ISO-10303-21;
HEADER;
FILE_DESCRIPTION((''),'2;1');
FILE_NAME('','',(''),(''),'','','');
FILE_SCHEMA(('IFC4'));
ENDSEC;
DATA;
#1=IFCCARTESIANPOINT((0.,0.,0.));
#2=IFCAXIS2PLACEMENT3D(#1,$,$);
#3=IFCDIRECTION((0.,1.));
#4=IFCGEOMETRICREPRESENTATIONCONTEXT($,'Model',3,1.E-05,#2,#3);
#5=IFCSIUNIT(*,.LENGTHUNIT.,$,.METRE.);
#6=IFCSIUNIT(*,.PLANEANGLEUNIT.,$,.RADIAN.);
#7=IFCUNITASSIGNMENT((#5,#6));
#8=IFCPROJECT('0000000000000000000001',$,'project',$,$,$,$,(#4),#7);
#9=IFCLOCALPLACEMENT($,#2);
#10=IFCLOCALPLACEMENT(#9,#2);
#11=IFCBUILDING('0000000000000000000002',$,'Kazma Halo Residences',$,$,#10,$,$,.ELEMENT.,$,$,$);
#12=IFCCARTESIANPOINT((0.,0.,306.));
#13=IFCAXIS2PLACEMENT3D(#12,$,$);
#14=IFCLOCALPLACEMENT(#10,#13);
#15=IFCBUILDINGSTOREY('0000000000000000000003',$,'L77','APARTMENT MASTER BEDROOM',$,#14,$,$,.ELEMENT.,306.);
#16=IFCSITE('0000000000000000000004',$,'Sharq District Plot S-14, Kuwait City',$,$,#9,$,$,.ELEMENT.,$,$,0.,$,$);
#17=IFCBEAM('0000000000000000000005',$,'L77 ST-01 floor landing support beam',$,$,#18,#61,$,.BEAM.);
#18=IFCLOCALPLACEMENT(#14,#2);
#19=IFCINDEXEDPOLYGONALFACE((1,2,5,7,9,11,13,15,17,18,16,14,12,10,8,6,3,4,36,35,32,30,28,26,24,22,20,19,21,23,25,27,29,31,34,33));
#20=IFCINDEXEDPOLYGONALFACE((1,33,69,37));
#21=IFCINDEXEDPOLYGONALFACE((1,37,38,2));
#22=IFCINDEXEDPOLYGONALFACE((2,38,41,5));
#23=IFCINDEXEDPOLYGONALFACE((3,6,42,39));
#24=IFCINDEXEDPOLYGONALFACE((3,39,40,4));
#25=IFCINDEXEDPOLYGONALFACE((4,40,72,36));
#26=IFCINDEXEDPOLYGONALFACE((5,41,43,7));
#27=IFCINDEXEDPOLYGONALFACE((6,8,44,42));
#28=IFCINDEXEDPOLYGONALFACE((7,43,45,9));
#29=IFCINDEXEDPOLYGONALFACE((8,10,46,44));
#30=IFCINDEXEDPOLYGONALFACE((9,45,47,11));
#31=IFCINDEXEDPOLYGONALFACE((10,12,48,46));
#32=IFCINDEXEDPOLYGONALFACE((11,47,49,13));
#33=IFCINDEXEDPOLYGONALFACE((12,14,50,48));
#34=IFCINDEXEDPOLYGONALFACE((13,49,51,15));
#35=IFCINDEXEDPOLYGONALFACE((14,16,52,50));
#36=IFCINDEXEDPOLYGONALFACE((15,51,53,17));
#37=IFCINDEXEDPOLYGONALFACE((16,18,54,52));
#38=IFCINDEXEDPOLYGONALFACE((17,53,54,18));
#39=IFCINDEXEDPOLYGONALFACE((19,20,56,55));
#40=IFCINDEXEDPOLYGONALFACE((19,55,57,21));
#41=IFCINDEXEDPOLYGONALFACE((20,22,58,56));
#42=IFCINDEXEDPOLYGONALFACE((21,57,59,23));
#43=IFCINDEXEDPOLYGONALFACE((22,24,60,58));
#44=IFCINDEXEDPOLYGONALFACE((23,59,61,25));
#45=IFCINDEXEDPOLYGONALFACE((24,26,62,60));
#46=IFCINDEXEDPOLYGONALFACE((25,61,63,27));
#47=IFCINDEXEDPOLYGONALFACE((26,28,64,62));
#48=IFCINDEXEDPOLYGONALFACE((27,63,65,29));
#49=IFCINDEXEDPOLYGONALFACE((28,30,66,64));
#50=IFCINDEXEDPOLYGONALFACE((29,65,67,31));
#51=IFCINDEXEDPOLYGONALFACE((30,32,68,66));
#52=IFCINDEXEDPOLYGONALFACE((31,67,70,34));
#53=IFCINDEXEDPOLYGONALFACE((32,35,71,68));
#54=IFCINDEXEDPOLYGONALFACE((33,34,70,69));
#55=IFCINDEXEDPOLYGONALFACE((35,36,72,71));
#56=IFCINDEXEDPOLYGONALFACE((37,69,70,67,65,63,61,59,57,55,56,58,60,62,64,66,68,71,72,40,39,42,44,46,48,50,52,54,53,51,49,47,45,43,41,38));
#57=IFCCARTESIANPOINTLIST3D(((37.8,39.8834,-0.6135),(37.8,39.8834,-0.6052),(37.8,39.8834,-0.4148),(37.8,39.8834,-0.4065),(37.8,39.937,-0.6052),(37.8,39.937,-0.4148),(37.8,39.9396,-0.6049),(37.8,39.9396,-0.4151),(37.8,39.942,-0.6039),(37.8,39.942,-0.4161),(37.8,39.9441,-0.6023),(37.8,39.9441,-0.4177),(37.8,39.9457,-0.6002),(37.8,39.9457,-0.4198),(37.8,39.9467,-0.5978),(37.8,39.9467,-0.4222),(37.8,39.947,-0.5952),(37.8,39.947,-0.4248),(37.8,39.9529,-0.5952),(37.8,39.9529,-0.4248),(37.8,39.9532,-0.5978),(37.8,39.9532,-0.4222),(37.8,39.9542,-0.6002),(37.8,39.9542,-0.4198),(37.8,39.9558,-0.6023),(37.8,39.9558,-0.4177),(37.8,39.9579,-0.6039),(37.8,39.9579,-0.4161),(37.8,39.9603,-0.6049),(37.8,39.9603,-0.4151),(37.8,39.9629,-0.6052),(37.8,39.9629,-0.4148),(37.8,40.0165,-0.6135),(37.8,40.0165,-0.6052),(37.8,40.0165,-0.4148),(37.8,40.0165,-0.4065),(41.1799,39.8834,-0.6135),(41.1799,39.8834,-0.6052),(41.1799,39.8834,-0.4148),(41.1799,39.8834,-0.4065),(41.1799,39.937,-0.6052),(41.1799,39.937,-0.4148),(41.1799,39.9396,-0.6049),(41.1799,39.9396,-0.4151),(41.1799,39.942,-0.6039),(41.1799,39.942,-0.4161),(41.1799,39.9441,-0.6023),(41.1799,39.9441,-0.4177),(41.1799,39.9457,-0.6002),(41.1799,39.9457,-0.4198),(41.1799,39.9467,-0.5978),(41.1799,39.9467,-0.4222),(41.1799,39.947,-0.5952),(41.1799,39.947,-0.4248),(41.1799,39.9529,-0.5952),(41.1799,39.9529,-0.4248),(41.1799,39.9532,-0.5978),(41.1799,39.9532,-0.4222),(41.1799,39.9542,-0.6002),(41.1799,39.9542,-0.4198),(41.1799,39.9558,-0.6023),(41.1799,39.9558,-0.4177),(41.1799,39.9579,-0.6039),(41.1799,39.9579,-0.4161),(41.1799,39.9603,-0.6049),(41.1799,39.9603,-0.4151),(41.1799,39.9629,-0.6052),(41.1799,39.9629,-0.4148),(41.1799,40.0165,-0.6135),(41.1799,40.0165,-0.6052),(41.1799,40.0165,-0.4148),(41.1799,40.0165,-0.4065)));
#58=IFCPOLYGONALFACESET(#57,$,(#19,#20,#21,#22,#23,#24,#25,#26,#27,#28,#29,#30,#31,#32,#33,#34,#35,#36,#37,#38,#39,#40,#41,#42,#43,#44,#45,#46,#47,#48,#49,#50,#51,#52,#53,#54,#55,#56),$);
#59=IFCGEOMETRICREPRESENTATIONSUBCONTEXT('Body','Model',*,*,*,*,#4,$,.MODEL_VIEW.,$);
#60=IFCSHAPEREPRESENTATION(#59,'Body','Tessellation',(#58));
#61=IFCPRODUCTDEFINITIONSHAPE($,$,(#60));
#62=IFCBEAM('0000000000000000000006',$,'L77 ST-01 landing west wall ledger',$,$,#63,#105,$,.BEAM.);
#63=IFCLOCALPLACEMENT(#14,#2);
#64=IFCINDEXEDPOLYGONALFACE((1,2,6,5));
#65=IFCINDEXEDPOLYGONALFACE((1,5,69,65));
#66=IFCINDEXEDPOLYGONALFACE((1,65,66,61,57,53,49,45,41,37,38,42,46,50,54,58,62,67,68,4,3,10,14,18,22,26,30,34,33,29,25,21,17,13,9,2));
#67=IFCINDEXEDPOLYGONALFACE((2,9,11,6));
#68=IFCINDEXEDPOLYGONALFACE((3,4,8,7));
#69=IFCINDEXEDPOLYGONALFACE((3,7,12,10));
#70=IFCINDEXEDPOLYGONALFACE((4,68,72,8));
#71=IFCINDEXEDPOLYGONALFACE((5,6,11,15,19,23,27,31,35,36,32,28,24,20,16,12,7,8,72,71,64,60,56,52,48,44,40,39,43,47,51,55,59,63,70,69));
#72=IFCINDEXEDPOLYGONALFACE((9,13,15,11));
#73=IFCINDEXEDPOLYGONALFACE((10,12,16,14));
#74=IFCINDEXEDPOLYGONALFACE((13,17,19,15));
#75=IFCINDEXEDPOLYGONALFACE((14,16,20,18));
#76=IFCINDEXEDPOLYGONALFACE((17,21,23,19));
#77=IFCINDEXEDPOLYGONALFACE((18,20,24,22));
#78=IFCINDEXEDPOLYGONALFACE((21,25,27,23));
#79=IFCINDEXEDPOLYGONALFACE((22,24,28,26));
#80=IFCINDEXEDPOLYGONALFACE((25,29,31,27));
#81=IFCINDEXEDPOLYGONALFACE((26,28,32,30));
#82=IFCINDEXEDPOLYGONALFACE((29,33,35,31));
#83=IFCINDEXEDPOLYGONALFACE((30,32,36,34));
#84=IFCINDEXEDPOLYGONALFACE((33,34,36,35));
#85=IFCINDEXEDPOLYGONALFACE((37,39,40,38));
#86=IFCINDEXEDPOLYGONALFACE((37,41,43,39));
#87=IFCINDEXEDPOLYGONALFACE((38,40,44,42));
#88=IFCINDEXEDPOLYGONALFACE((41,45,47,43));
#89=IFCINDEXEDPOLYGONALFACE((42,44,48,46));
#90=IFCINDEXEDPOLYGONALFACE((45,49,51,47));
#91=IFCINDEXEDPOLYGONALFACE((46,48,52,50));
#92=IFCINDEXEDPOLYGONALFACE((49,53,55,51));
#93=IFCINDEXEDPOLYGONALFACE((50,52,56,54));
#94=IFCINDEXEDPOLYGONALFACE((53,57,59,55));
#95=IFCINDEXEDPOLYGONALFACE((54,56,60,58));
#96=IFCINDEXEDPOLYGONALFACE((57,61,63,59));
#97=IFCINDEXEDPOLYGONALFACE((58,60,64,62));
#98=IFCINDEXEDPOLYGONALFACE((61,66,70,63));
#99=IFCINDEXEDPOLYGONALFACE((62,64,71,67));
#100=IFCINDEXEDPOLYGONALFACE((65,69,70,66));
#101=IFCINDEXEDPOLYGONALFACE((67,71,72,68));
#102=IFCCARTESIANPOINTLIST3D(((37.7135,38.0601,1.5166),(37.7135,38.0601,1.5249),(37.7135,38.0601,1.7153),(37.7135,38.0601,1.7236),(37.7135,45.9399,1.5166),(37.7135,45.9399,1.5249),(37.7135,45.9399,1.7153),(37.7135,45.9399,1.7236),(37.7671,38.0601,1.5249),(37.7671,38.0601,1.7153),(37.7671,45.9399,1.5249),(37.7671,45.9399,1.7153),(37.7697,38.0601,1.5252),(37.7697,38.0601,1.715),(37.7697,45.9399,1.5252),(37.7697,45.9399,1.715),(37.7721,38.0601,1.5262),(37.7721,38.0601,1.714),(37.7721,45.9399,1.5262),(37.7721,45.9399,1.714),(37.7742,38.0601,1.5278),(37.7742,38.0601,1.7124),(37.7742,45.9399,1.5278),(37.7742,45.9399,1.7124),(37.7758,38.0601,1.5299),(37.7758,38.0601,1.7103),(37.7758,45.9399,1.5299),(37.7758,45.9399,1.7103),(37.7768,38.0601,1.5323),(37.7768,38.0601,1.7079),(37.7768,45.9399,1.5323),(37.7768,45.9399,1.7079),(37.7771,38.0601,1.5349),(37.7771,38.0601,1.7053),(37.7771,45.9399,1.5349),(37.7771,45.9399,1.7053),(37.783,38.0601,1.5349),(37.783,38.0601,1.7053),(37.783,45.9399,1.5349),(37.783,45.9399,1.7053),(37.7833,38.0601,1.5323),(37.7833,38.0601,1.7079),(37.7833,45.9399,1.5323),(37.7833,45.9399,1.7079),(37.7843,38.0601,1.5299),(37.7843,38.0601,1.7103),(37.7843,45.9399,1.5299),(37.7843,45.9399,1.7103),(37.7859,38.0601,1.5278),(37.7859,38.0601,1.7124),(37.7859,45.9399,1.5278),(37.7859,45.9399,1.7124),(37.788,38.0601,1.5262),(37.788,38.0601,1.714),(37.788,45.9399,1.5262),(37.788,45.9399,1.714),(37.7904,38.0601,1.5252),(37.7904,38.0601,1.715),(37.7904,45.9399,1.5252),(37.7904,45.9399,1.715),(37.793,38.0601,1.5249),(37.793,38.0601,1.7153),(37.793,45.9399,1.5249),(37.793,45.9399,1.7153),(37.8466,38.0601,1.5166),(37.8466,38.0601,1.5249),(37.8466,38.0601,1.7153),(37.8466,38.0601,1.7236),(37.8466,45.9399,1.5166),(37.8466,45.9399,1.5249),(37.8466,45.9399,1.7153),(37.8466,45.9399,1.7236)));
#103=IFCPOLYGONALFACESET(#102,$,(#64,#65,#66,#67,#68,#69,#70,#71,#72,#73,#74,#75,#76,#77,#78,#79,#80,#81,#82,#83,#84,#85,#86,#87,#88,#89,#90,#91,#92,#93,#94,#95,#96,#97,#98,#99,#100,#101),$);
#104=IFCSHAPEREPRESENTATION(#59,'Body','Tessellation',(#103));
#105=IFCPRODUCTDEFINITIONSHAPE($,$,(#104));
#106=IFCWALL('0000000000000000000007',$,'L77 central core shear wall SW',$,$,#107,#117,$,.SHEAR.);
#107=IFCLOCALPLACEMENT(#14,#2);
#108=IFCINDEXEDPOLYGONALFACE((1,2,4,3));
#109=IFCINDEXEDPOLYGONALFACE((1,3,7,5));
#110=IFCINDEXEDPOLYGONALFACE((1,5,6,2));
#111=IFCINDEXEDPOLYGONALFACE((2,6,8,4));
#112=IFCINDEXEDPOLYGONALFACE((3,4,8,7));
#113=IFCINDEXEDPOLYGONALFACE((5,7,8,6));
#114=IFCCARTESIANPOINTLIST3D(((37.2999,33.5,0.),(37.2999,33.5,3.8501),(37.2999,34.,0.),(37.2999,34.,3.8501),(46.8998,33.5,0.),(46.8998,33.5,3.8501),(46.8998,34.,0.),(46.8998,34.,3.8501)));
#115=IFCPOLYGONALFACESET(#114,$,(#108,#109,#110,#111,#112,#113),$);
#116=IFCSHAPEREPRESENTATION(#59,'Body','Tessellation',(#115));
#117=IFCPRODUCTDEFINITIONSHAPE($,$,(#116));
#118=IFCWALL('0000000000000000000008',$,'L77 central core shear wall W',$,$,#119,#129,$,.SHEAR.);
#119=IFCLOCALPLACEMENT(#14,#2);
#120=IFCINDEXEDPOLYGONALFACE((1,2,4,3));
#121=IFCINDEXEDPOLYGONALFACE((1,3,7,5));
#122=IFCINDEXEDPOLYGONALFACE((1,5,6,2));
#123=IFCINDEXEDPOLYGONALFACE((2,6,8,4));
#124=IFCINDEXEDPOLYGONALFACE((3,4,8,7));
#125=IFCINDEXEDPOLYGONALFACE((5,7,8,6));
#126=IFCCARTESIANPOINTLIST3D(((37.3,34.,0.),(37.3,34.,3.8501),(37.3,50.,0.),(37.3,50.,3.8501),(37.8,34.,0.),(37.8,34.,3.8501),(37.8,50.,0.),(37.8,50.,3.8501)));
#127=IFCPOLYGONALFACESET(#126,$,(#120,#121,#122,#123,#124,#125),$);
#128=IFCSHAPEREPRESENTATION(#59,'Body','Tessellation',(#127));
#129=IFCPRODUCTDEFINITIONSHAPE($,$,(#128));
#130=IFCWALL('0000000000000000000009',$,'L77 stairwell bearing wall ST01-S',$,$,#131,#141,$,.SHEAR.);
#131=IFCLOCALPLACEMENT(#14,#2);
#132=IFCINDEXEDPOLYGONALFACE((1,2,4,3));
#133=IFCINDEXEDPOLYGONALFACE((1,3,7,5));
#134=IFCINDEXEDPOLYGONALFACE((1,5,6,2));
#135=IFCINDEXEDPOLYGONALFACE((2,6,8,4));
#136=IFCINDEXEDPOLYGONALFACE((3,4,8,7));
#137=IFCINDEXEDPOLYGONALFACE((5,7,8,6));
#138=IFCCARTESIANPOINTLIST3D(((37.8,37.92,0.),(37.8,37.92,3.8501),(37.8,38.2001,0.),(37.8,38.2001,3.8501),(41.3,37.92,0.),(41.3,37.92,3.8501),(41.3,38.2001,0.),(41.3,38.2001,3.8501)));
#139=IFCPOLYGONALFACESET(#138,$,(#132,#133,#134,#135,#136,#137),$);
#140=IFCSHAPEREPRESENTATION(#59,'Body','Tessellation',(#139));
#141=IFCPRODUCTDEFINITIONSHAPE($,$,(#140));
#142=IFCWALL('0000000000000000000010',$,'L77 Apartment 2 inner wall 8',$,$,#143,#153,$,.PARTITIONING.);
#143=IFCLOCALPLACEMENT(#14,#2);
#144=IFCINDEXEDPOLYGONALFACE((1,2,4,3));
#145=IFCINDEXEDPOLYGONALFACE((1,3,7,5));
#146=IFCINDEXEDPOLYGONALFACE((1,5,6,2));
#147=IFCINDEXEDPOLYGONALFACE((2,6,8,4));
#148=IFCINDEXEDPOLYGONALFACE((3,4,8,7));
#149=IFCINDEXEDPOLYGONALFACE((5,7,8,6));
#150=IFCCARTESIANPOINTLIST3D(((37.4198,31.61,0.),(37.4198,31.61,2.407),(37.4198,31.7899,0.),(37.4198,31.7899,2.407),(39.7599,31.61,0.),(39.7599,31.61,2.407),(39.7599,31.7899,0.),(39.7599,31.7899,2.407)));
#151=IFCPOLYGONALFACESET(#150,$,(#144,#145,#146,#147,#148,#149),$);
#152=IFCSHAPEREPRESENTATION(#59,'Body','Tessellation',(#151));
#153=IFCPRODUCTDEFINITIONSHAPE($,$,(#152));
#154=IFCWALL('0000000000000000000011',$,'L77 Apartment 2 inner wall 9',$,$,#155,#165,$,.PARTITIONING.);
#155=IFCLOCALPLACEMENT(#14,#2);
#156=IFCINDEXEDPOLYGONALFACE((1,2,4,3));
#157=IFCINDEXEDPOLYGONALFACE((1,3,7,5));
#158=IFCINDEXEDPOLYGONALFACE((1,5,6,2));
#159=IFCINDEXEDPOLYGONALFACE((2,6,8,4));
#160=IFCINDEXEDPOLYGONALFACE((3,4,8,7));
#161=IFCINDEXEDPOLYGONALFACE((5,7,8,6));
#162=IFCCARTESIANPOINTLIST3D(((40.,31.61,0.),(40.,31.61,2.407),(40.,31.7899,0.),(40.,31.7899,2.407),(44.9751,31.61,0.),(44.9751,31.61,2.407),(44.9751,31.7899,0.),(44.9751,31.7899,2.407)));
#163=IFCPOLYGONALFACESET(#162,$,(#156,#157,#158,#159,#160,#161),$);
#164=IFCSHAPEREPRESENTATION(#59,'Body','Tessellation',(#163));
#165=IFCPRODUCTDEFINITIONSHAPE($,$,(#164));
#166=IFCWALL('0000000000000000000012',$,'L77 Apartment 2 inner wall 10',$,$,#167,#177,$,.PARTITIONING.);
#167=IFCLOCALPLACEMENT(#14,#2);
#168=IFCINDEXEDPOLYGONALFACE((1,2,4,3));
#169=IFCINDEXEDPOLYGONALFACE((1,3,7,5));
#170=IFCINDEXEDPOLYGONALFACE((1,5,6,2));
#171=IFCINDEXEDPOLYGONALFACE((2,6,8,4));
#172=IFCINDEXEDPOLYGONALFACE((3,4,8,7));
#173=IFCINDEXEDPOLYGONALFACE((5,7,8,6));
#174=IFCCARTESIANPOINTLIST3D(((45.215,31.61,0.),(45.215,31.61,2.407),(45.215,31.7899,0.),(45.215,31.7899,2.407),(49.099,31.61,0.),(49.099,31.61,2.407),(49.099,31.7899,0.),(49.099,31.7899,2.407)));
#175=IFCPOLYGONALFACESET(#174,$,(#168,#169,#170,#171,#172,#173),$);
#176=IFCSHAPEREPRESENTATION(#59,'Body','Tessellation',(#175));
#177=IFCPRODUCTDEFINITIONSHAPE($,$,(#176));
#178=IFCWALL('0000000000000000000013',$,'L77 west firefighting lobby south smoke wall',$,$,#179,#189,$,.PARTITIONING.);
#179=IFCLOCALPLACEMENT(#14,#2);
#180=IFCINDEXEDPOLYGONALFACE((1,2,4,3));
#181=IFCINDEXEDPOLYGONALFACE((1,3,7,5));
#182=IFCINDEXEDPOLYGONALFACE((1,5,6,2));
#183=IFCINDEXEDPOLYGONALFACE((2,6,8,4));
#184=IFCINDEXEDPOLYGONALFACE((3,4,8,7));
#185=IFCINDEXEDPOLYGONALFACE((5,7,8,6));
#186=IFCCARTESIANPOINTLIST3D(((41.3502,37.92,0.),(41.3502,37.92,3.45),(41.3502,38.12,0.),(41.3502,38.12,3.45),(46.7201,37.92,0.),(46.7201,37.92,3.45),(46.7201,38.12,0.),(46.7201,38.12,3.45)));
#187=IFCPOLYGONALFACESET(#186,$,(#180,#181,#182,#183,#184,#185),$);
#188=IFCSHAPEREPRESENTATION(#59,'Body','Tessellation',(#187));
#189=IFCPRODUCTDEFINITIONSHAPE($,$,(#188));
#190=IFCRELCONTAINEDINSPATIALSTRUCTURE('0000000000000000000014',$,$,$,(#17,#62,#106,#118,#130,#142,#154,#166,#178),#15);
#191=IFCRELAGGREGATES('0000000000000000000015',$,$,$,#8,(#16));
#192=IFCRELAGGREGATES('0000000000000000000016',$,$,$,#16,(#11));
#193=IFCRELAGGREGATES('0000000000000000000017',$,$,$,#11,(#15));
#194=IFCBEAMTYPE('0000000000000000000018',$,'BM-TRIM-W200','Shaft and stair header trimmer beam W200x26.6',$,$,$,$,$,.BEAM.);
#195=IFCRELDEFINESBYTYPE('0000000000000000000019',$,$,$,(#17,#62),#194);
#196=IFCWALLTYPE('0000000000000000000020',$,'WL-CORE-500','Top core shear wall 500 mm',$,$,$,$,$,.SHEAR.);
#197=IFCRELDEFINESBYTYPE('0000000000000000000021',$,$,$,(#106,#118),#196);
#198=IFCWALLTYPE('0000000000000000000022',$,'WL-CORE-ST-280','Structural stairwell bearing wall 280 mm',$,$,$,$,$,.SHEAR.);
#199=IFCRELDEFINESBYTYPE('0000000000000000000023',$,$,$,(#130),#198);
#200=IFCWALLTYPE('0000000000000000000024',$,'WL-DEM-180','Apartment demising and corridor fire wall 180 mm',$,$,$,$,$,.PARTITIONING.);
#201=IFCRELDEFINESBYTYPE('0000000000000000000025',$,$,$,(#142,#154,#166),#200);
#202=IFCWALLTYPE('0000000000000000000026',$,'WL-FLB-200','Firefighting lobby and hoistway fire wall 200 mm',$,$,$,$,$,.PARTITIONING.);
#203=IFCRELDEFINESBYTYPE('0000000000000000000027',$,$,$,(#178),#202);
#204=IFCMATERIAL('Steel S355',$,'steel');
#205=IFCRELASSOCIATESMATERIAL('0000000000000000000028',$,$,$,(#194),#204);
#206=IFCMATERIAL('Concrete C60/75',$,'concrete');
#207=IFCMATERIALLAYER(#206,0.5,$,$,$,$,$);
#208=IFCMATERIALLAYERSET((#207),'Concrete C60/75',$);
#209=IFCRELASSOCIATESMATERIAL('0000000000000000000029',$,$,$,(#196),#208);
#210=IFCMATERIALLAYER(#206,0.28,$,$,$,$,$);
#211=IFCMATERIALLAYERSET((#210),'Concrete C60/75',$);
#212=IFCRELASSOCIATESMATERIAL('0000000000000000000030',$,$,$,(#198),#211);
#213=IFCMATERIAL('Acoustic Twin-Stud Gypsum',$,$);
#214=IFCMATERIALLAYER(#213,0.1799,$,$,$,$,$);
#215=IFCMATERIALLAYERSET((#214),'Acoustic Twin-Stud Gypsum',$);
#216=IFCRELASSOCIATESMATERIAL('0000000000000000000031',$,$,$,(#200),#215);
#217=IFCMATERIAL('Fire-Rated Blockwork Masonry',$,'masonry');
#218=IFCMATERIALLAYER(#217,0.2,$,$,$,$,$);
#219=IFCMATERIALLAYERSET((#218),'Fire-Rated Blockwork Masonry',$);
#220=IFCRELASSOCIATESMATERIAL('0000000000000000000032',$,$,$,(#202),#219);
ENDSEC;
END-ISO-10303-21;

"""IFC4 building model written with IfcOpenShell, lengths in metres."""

from ifc_helpers import new_model, si_unit, direction, frame, frame_2d, origin, origin_2d, place, context, subcontext, project, spatial, rectangle, i_section, extrude, material, layer, layer_set, material_profile, profile_set, type_object, element, save


model = new_model("IFC4")

# Units and contexts
model_context = context("Model", 3, precision=1e-05, world=origin(), true_north=direction((0.0, 1.0)))
body_context = subcontext(model_context, "Body", "Model", "MODEL_VIEW")
ifc_project = project(units=[si_unit("LENGTHUNIT", "METRE"), si_unit("PLANEANGLEUNIT", "RADIAN")], contexts=[model_context])

# Site, building, storey
site_placement = place(None, origin())
site = spatial("IfcSite", under=ifc_project, at=site_placement, Name="Sharq District Plot S-14, Kuwait City", CompositionType="ELEMENT", RefElevation=0.0)
building_placement = place(site_placement, origin())
building = spatial("IfcBuilding", under=site, at=building_placement, Name="Kazma Halo Residences", CompositionType="ELEMENT")
storey_placement = place(building_placement, frame((0.0, 0.0, 306.0)))
storey = spatial("IfcBuildingStorey", under=building, at=storey_placement, Name="L77", Description="APARTMENT MASTER BEDROOM", CompositionType="ELEMENT", Elevation=306.0)

# Beams
ifc_material_1 = material(Name="Steel S355", Category="steel")
ifc_material_profile_1 = material_profile(ifc_material_1, i_section(OverallWidth=0.1331, OverallDepth=0.207, WebThickness=0.0059, FlangeThickness=0.0083, FilletRadius=0.01, at=origin_2d()), Name="W200x26.6")
ifc_profile_set_1 = profile_set([ifc_material_profile_1], Name="Steel S355")
beam_type_1 = type_object("IfcBeamType", Name="BM-TRIM-W200", Description="Shaft and stair header trimmer beam W200x26.6", PredefinedType="BEAM", material=ifc_profile_set_1)
beam_1_placement = place(storey_placement, frame((37.8, 39.95, -0.51), z_axis=(1.0, 0.0, 0.0), x_axis=(0.0, 1.0, 0.0)))
element("IfcBeam", 1, at=beam_1_placement, inside=storey, type_object=beam_type_1, Name="L77 ST-01 floor landing support beam", PredefinedType="BEAM", context=body_context, shape_type="SweptSolid", body=[
    extrude(i_section(OverallWidth=0.1331, OverallDepth=0.207, WebThickness=0.0059, FlangeThickness=0.0083, FilletRadius=0.01, at=origin_2d()), origin(), (0.0, 0.0, 1.0), 3.3799),
])
beam_2_placement = place(storey_placement, frame((37.78, 38.0601, 1.6201), z_axis=(0.0, 1.0, 0.0), x_axis=(-1.0, 0.0, 0.0)))
element("IfcBeam", 2, at=beam_2_placement, inside=storey, type_object=beam_type_1, Name="L77 ST-01 landing west wall ledger", PredefinedType="BEAM", context=body_context, shape_type="SweptSolid", body=[
    extrude(i_section(OverallWidth=0.1331, OverallDepth=0.207, WebThickness=0.0059, FlangeThickness=0.0083, FilletRadius=0.01, at=origin_2d()), origin(), (0.0, 0.0, 1.0), 7.8799),
])

# Walls
ifc_material_2 = material(Name="Concrete C60/75", Category="concrete")
ifc_layer_1 = layer(ifc_material_2, 0.5)
ifc_layer_set_1 = layer_set([ifc_layer_1], Name="Concrete C60/75")
wall_type_1 = type_object("IfcWallType", Name="WL-CORE-500", Description="Top core shear wall 500 mm", PredefinedType="SHEAR", material=ifc_layer_set_1)
wall_1_placement = place(storey_placement, frame((37.3, 33.75, 0.0), z_axis=(0.0, 0.0, 1.0), x_axis=(1.0, 0.0, 0.0)))
element("IfcWall", 3, at=wall_1_placement, inside=storey, type_object=wall_type_1, Name="L77 central core shear wall SW", PredefinedType="SHEAR", context=body_context, shape_type="SweptSolid", body=[
    extrude(rectangle(XDim=9.5999, YDim=0.5, at=frame_2d((4.7998, 0.0))), origin(), (0.0, 0.0, 1.0), 3.8501),
])
wall_2_placement = place(storey_placement, frame((37.55, 34.0, 0.0), z_axis=(0.0, 0.0, 1.0), x_axis=(0.0, 1.0, 0.0)))
element("IfcWall", 4, at=wall_2_placement, inside=storey, type_object=wall_type_1, Name="L77 central core shear wall W", PredefinedType="SHEAR", context=body_context, shape_type="SweptSolid", body=[
    extrude(rectangle(XDim=16.0, YDim=0.5, at=frame_2d((8.0, 0.0))), origin(), (0.0, 0.0, 1.0), 3.8501),
])
ifc_layer_2 = layer(ifc_material_2, 0.28)
ifc_layer_set_2 = layer_set([ifc_layer_2], Name="Concrete C60/75")
wall_type_2 = type_object("IfcWallType", Name="WL-CORE-ST-280", Description="Structural stairwell bearing wall 280 mm", PredefinedType="SHEAR", material=ifc_layer_set_2)
wall_3_placement = place(storey_placement, frame((37.8, 38.0601, 0.0), z_axis=(0.0, 0.0, 1.0), x_axis=(1.0, 0.0, 0.0)))
element("IfcWall", 5, at=wall_3_placement, inside=storey, type_object=wall_type_2, Name="L77 stairwell bearing wall ST01-S", PredefinedType="SHEAR", context=body_context, shape_type="SweptSolid", body=[
    extrude(rectangle(XDim=3.5, YDim=0.28, at=frame_2d((1.75, 0.0))), origin(), (0.0, 0.0, 1.0), 3.8501),
])
ifc_material_3 = material(Name="Acoustic Twin-Stud Gypsum")
ifc_layer_3 = layer(ifc_material_3, 0.1799)
ifc_layer_set_3 = layer_set([ifc_layer_3], Name="Acoustic Twin-Stud Gypsum")
wall_type_3 = type_object("IfcWallType", Name="WL-DEM-180", Description="Apartment demising and corridor fire wall 180 mm", PredefinedType="PARTITIONING", material=ifc_layer_set_3)
wall_4_placement = place(storey_placement, frame((37.4199, 31.7, 0.0), z_axis=(0.0, 0.0, 1.0), x_axis=(1.0, 0.0, 0.0)))
element("IfcWall", 6, at=wall_4_placement, inside=storey, type_object=wall_type_3, Name="L77 Apartment 2 inner wall 8", PredefinedType="PARTITIONING", context=body_context, shape_type="SweptSolid", body=[
    extrude(rectangle(XDim=2.3401, YDim=0.1799, at=frame_2d((1.1699, 0.0))), origin(), (0.0, 0.0, 1.0), 2.407),
])
wall_5_placement = place(storey_placement, frame((40.0, 31.7, 0.0), z_axis=(0.0, 0.0, 1.0), x_axis=(1.0, 0.0, 0.0)))
element("IfcWall", 7, at=wall_5_placement, inside=storey, type_object=wall_type_3, Name="L77 Apartment 2 inner wall 9", PredefinedType="PARTITIONING", context=body_context, shape_type="SweptSolid", body=[
    extrude(rectangle(XDim=4.9751, YDim=0.1799, at=frame_2d((2.4875, 0.0))), origin(), (0.0, 0.0, 1.0), 2.407),
])
wall_6_placement = place(storey_placement, frame((45.2151, 31.7, 0.0), z_axis=(0.0, 0.0, 1.0), x_axis=(1.0, 0.0, 0.0)))
element("IfcWall", 8, at=wall_6_placement, inside=storey, type_object=wall_type_3, Name="L77 Apartment 2 inner wall 10", PredefinedType="PARTITIONING", context=body_context, shape_type="SweptSolid", body=[
    extrude(rectangle(XDim=3.884, YDim=0.1799, at=frame_2d((1.9419, 0.0))), origin(), (0.0, 0.0, 1.0), 2.407),
])
ifc_material_4 = material(Name="Fire-Rated Blockwork Masonry", Category="masonry")
ifc_layer_4 = layer(ifc_material_4, 0.2)
ifc_layer_set_4 = layer_set([ifc_layer_4], Name="Fire-Rated Blockwork Masonry")
wall_type_4 = type_object("IfcWallType", Name="WL-FLB-200", Description="Firefighting lobby and hoistway fire wall 200 mm", PredefinedType="PARTITIONING", material=ifc_layer_set_4)
wall_7_placement = place(storey_placement, frame((41.3501, 38.02, 0.0), z_axis=(0.0, 0.0, 1.0), x_axis=(1.0, 0.0, 0.0)))
element("IfcWall", 9, at=wall_7_placement, inside=storey, type_object=wall_type_4, Name="L77 west firefighting lobby south smoke wall", PredefinedType="PARTITIONING", context=body_context, shape_type="SweptSolid", body=[
    extrude(rectangle(XDim=5.3699, YDim=0.2, at=frame_2d((2.6851, 0.0))), origin(), (0.0, 0.0, 1.0), 3.45),
])

save(model, "model.ifc")
